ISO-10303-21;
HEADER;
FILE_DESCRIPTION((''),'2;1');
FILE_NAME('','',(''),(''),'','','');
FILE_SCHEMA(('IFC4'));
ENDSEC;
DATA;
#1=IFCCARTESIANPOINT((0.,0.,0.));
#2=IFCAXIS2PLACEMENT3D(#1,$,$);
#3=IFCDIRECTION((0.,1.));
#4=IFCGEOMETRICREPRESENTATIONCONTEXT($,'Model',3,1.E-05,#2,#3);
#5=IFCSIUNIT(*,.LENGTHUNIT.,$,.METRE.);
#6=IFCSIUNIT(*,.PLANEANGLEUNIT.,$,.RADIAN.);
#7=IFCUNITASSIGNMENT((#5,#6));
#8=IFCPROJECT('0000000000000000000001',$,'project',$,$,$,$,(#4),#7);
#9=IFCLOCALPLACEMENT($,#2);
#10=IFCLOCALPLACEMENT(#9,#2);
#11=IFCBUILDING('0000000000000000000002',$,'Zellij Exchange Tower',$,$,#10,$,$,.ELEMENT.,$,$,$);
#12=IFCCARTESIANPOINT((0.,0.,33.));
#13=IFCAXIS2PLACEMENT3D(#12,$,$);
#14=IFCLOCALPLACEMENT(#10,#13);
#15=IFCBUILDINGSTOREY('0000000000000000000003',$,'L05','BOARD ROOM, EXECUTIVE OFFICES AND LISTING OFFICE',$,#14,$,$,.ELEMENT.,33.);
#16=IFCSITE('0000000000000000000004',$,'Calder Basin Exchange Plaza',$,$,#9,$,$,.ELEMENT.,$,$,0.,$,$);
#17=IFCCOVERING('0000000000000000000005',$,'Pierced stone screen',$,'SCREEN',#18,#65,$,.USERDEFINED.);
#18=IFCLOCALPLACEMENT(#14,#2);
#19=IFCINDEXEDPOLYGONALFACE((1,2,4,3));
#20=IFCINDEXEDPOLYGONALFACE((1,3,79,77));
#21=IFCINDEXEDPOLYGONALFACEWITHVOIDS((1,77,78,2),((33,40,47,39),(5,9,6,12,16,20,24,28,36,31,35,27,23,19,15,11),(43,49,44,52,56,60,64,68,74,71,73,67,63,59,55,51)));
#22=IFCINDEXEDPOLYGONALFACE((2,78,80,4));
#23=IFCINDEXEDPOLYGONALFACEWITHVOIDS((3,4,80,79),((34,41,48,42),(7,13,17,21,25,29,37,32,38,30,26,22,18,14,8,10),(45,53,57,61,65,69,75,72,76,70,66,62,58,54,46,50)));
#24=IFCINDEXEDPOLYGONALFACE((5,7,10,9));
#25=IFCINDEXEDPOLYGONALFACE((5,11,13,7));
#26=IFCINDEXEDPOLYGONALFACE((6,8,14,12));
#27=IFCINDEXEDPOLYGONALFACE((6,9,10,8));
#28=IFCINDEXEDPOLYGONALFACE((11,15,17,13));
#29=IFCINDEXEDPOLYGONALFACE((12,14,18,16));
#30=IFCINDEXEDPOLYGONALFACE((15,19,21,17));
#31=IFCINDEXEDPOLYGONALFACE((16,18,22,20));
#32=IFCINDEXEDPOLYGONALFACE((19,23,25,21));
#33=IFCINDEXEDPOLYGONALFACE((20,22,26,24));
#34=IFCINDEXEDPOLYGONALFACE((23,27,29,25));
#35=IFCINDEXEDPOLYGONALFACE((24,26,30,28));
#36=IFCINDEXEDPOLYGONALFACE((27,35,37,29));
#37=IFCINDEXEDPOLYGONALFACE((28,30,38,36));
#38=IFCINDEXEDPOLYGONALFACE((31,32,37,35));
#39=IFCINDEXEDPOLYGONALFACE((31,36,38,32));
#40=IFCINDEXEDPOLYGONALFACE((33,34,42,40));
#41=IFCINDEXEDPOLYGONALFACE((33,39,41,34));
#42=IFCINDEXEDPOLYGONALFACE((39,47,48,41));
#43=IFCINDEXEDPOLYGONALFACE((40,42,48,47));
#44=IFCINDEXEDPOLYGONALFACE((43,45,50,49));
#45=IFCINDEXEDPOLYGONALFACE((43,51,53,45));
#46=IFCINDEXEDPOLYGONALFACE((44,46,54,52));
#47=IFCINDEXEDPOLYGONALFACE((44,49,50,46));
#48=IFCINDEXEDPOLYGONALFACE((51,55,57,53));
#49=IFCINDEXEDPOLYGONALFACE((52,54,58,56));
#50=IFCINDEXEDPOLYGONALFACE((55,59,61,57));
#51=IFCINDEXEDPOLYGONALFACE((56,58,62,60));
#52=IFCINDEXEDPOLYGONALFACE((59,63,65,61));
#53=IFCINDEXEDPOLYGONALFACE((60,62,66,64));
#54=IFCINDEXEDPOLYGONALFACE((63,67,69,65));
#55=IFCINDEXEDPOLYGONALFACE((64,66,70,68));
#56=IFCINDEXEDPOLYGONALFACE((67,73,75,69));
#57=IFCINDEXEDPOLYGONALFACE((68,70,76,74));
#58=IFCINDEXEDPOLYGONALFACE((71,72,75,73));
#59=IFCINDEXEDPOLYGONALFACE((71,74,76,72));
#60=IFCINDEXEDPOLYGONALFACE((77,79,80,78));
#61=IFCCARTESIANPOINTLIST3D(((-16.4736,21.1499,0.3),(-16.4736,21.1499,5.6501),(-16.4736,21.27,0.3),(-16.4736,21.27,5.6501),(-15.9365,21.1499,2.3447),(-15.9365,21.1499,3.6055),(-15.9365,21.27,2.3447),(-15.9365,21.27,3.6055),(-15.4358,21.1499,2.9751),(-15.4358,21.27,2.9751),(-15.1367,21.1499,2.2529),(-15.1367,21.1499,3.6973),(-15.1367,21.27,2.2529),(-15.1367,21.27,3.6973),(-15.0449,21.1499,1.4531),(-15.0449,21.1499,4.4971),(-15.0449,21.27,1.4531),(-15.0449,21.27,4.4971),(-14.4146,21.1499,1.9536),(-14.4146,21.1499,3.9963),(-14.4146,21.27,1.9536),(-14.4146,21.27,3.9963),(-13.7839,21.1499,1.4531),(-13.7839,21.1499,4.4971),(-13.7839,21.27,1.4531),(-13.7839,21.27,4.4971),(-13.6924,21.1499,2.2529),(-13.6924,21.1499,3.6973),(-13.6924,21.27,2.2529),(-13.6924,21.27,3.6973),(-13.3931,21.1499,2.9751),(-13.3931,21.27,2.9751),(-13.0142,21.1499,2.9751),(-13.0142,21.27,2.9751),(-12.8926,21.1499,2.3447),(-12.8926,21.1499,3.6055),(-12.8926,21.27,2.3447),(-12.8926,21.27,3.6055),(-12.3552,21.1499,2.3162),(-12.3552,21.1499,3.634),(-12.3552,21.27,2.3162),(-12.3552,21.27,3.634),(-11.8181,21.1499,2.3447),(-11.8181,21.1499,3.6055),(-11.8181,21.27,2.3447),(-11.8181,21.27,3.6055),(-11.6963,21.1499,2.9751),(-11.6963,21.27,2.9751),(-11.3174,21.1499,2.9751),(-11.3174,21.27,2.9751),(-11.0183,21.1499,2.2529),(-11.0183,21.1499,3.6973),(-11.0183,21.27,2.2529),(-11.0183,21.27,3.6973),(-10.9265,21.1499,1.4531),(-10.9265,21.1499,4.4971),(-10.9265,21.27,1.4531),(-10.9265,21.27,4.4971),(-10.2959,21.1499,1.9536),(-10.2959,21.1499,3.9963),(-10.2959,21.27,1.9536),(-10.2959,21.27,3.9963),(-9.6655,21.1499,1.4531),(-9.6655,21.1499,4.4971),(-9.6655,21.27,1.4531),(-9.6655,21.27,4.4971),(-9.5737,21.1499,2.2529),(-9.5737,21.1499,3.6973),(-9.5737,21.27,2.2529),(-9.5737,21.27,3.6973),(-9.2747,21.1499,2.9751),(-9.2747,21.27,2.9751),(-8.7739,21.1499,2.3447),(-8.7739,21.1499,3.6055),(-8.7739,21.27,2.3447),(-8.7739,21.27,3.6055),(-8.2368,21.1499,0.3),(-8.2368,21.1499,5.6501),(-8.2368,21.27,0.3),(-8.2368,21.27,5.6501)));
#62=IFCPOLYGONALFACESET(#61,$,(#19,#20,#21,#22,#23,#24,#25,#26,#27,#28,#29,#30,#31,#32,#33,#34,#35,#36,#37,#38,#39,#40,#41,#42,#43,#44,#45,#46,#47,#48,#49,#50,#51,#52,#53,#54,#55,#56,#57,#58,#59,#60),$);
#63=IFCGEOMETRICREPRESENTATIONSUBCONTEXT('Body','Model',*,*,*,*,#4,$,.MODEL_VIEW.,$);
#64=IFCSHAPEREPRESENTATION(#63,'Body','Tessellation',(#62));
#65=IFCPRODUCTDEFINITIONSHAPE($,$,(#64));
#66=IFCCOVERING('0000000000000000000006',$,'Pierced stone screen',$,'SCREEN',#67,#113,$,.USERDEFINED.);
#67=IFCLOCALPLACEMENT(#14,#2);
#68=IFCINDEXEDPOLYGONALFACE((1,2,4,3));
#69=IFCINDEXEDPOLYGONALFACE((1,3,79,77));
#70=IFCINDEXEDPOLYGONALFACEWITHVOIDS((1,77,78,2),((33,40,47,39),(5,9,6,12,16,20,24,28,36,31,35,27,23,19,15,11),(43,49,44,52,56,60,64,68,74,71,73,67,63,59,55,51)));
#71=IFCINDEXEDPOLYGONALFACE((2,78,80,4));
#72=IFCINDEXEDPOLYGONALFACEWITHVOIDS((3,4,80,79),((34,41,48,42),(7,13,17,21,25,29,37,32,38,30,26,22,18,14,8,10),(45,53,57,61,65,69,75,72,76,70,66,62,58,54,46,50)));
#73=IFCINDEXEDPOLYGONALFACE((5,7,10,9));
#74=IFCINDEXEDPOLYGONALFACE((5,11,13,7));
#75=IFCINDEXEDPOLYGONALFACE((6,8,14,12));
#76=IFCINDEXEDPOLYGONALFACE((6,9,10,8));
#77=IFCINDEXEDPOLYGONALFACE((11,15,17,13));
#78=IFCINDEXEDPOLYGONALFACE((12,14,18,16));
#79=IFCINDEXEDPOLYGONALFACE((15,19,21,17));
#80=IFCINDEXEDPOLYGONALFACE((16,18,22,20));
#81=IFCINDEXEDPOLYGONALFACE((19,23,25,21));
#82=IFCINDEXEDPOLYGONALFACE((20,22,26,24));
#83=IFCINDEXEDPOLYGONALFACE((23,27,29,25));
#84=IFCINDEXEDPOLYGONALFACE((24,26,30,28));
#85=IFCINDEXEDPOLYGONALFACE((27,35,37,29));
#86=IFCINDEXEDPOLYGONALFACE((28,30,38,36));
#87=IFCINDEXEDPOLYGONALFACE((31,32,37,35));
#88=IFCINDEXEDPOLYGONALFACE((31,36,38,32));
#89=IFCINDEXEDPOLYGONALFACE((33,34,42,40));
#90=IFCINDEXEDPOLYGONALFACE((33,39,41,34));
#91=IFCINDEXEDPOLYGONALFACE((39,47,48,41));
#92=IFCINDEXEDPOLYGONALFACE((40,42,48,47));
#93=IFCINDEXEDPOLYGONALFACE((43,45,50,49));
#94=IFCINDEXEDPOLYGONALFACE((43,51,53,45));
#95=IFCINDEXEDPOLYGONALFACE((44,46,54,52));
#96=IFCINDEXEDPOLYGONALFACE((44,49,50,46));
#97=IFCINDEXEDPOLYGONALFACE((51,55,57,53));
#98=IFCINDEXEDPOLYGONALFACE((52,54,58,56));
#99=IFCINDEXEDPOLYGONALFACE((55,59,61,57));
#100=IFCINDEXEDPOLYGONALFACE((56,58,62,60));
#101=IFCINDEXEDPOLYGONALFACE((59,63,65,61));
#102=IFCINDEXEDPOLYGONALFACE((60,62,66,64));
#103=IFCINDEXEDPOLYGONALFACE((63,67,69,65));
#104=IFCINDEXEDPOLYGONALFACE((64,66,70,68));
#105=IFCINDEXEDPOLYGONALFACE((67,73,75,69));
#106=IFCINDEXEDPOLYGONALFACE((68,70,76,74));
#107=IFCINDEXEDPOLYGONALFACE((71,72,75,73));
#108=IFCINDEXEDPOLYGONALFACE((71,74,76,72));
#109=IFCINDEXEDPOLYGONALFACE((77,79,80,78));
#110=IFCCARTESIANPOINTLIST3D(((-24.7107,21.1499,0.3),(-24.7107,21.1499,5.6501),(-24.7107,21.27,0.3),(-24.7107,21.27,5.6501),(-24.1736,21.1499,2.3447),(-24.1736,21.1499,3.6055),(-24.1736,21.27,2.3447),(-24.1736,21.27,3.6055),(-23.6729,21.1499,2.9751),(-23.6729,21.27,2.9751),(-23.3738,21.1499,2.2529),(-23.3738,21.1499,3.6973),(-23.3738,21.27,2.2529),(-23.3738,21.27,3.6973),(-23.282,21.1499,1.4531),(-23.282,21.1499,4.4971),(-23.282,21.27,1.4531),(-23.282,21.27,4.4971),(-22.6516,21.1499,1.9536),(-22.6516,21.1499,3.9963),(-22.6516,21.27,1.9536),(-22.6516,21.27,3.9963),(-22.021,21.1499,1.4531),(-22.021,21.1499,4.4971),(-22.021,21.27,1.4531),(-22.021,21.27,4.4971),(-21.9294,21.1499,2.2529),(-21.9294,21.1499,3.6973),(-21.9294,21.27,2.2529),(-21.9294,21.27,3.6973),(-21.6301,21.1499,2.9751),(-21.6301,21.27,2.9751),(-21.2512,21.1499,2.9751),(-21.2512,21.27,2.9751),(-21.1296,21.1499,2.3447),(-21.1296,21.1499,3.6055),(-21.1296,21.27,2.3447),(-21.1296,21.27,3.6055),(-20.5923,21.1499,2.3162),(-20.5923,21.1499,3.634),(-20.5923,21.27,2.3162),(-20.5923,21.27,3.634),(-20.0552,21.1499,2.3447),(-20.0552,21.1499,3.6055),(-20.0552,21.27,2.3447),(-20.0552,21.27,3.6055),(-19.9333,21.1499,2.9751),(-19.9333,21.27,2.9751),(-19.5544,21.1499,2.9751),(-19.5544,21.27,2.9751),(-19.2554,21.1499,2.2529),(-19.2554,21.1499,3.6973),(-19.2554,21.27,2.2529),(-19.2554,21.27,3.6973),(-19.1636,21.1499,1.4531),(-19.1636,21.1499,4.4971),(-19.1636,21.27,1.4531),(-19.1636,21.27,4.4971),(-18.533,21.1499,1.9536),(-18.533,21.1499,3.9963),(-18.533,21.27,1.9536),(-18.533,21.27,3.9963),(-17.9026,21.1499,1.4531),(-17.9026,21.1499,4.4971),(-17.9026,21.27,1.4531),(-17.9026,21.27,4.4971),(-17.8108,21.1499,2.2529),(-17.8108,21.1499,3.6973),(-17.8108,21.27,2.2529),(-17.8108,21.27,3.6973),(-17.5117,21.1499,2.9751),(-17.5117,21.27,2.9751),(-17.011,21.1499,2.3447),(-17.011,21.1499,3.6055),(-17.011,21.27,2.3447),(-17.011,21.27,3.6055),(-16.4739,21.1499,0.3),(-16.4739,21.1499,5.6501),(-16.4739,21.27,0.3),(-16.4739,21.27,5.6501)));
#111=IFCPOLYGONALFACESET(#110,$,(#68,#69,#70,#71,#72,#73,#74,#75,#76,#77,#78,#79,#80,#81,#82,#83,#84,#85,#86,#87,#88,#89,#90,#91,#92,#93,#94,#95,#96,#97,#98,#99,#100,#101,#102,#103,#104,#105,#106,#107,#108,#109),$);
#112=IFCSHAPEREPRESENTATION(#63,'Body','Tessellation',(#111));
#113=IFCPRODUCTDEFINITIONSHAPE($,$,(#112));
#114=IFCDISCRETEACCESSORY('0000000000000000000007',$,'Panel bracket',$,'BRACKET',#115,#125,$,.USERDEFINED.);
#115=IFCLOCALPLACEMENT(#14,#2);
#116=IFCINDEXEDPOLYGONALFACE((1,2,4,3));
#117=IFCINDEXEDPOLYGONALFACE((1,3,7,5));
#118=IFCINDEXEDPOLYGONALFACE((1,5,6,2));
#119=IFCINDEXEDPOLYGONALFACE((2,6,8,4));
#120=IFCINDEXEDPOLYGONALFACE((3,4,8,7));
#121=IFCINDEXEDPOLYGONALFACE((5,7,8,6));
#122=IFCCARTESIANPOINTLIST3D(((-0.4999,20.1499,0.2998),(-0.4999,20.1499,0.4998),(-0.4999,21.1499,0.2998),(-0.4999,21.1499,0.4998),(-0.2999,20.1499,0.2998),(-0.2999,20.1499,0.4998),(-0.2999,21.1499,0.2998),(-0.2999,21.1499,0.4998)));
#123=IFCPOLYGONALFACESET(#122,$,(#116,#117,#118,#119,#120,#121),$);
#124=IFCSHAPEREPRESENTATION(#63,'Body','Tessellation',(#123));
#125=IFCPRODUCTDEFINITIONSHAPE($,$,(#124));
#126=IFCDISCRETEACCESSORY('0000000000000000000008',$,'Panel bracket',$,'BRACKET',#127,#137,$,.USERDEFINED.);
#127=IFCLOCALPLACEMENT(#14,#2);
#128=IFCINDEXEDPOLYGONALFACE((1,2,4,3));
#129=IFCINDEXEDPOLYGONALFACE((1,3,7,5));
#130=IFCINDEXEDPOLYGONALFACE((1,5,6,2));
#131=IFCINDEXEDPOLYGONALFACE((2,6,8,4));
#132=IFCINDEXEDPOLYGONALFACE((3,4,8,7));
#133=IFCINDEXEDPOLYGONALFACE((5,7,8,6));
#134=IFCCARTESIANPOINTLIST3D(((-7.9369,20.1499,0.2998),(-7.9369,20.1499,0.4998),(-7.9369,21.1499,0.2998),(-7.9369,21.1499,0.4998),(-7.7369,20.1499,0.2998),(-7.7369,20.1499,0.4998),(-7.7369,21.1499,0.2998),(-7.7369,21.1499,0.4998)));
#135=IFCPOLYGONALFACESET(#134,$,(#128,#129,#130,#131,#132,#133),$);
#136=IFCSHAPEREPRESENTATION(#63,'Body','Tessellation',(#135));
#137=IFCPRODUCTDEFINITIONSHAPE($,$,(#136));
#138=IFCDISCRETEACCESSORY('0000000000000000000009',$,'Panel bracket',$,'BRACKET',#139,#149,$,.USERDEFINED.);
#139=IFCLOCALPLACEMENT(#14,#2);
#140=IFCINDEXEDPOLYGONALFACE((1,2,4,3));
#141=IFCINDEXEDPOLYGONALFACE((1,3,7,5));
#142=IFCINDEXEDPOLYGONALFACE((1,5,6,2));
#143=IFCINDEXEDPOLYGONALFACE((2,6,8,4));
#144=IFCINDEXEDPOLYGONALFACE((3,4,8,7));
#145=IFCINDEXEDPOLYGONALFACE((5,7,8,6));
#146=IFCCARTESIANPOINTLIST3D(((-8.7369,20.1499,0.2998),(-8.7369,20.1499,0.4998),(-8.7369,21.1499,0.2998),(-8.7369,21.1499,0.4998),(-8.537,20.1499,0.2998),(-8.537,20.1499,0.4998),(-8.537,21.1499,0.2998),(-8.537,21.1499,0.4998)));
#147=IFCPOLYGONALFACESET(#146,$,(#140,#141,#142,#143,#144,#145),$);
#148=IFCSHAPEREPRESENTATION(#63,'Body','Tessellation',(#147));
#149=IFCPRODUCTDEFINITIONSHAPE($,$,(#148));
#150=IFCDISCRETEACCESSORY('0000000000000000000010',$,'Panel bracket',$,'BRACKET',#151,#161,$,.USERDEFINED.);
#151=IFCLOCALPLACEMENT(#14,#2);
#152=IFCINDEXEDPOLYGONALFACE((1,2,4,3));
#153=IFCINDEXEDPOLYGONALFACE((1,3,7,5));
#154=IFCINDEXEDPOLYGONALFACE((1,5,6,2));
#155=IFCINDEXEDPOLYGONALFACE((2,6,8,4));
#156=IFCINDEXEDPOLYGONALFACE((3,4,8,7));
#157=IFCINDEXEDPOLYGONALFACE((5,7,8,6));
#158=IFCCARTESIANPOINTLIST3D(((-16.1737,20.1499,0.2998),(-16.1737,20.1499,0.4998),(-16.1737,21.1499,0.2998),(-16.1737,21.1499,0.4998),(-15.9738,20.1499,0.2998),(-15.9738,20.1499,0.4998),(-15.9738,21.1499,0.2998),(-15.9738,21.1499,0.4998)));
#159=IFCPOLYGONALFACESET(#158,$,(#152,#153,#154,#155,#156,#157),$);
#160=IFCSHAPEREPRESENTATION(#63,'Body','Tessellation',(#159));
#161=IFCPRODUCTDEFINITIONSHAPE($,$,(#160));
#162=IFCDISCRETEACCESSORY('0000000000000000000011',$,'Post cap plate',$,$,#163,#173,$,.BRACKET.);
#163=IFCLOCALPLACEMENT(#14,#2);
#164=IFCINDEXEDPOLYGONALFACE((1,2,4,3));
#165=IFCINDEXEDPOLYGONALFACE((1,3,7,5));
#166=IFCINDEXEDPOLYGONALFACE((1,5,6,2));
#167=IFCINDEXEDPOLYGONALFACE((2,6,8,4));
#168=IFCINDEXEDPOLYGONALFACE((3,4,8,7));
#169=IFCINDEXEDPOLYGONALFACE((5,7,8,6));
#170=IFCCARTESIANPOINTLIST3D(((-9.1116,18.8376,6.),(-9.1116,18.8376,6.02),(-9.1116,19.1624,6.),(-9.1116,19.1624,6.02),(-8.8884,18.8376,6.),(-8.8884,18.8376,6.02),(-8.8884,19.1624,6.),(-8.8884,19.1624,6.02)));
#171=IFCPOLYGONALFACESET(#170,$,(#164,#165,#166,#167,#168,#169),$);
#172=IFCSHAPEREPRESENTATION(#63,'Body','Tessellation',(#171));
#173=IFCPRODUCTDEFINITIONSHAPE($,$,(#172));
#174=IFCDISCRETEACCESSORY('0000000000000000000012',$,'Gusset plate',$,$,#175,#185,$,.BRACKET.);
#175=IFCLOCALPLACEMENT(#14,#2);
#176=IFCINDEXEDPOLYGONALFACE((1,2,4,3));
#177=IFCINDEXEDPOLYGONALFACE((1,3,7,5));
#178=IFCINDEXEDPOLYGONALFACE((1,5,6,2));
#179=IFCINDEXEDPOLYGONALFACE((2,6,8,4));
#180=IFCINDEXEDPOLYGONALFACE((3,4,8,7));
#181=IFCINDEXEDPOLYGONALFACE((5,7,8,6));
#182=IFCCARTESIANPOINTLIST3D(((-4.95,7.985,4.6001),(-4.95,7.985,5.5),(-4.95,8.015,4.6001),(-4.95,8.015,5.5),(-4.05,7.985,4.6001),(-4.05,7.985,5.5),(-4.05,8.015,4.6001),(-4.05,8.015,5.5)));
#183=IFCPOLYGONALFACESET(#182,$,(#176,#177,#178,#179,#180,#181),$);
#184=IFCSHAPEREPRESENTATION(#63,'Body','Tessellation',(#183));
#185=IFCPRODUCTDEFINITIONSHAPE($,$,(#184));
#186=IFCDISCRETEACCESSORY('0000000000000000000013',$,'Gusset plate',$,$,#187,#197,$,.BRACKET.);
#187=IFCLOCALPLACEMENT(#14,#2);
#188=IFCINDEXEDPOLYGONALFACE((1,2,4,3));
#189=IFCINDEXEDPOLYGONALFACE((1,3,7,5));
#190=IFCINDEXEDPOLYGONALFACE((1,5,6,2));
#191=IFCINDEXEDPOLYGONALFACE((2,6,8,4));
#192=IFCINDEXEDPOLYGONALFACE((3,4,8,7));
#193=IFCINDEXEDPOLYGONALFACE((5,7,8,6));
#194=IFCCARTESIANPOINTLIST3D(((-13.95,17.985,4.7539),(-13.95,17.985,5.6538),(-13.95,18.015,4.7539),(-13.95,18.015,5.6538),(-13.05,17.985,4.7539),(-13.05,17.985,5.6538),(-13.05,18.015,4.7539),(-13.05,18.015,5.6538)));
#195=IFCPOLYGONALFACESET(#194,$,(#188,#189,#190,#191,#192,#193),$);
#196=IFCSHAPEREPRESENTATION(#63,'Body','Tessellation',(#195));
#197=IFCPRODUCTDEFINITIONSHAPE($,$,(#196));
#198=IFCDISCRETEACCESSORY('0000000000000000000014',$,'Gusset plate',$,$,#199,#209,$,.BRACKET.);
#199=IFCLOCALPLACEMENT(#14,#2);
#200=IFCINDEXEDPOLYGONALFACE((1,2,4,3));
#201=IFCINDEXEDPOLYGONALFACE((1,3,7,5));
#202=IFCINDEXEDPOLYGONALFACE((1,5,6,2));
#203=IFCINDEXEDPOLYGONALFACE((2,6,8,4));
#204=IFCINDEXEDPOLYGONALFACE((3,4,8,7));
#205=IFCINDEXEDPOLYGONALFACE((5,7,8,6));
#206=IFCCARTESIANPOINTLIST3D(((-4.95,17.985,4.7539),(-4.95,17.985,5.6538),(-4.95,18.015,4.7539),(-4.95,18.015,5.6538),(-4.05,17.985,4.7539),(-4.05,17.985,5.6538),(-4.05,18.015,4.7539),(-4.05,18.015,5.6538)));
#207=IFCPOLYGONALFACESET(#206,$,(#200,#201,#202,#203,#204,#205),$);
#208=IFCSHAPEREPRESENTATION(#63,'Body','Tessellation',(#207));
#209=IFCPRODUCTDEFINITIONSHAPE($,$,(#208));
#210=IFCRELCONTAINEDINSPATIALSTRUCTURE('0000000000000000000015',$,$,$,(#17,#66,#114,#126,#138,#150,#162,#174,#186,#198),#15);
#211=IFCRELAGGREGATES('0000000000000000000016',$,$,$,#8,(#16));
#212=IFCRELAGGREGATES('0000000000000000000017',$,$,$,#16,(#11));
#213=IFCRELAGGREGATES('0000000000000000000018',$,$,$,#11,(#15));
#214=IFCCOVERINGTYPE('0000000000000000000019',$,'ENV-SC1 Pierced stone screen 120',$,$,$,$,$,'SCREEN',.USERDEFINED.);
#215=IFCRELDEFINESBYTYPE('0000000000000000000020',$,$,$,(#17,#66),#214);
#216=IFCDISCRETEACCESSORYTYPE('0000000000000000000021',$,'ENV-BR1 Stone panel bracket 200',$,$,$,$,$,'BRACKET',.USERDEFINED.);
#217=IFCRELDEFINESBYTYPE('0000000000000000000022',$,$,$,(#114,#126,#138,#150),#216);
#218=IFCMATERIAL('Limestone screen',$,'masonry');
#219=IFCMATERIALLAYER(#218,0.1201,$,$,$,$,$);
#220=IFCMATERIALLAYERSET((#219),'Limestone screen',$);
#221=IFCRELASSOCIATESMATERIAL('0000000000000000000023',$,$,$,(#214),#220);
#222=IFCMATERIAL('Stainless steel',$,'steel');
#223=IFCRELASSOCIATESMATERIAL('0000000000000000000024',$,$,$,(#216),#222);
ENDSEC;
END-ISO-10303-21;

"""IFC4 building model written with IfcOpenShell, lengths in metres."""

from ifc_helpers import new_model, si_unit, direction, frame, origin, origin_2d, place, context, subcontext, project, spatial, polyline, rectangle, outline, extrude, material, layer, layer_set, type_object, element, save


model = new_model("IFC4")

# Units and contexts
model_context = context("Model", 3, precision=1e-05, world=origin(), true_north=direction((0.0, 1.0)))
body_context = subcontext(model_context, "Body", "Model", "MODEL_VIEW")
ifc_project = project(units=[si_unit("LENGTHUNIT", "METRE"), si_unit("PLANEANGLEUNIT", "RADIAN")], contexts=[model_context])

# Site, building, storey
site_placement = place(None, origin())
site = spatial("IfcSite", under=ifc_project, at=site_placement, Name="Calder Basin Exchange Plaza", CompositionType="ELEMENT", RefElevation=0.0)
building_placement = place(site_placement, origin())
building = spatial("IfcBuilding", under=site, at=building_placement, Name="Zellij Exchange Tower", CompositionType="ELEMENT")
storey_placement = place(building_placement, frame((0.0, 0.0, 33.0)))
storey = spatial("IfcBuildingStorey", under=building, at=storey_placement, Name="L05", Description="BOARD ROOM, EXECUTIVE OFFICES AND LISTING OFFICE", CompositionType="ELEMENT", Elevation=33.0)

# Coverings
ifc_material_1 = material(Name="Limestone screen", Category="masonry")
ifc_layer = layer(ifc_material_1, 0.1201)
ifc_layer_set = layer_set([ifc_layer], Name="Limestone screen")
covering_type = type_object("IfcCoveringType", Name="ENV-SC1 Pierced stone screen 120", ElementType="SCREEN", PredefinedType="USERDEFINED", material=ifc_layer_set)
for number, where, z_axis, x_axis, name in (
    (1, (-8.2368, 21.21, 0.3), (0.0, 0.0, 1.0), (-1.0, 0.0, 0.0), "Pierced stone screen"),
    (2, (-16.4739, 21.21, 0.3), (0.0, 0.0, 1.0), (-1.0, 0.0, 0.0), "Pierced stone screen"),
):
    element("IfcCovering", number, at=place(storey_placement, frame(where, z_axis=z_axis, x_axis=x_axis)), inside=storey, type_object=covering_type, Name=name, ObjectType="SCREEN", PredefinedType="USERDEFINED", context=body_context, shape_type="SweptSolid", body=[
        extrude(outline(polyline([(0.0, 0.0), (8.2368, 0.0), (8.2368, 5.3501), (0.0, 5.3501), (0.0, 0.0)]), holes=[polyline([(3.5813, 3.3054), (2.7815, 3.3972), (2.6897, 4.197), (2.0591, 3.6963), (1.4287, 4.197), (1.3369, 3.3972), (0.5371, 3.3054), (1.0378, 2.675), (0.5371, 2.0447), (1.3369, 1.9529), (1.4287, 1.1531), (2.0591, 1.6536), (2.6897, 1.1531), (2.7815, 1.9529), (3.5813, 2.0447), (3.0806, 2.675), (3.5813, 3.3054)]), polyline([(7.6997, 3.3054), (6.8999, 3.3972), (6.8081, 4.197), (6.1777, 3.6963), (5.5471, 4.197), (5.4556, 3.3972), (4.6558, 3.3054), (5.1562, 2.675), (4.6558, 2.0447), (5.4556, 1.9529), (5.5471, 1.1531), (6.1777, 1.6536), (6.8081, 1.1531), (6.8999, 1.9529), (7.6997, 2.0447), (7.199, 2.675), (7.6997, 3.3054)]), polyline([(4.7773, 2.675), (4.1184, 3.334), (3.4595, 2.675), (4.1184, 2.0161), (4.7773, 2.675)])]), frame((0.0, 0.0601, 0.0), z_axis=(0.0, -1.0, 0.0), x_axis=(1.0, 0.0, 0.0)), (0.0, 0.0, 1.0), 0.1201),
    ])

# Discrete accessories
ifc_material_2 = material(Name="Stainless steel", Category="steel")
discrete_accessory_type = type_object("IfcDiscreteAccessoryType", Name="ENV-BR1 Stone panel bracket 200", ElementType="BRACKET", PredefinedType="USERDEFINED", material=ifc_material_2)
for number, where, z_axis, x_axis, name in (
    (3, (-0.3999, 20.6499, 0.2998), (0.0, 0.0, 1.0), (-1.0, 0.0, 0.0), "Panel bracket"),
    (4, (-7.8369, 20.6499, 0.2998), (0.0, 0.0, 1.0), (-1.0, 0.0, 0.0), "Panel bracket"),
    (5, (-8.637, 20.6499, 0.2998), (0.0, 0.0, 1.0), (-1.0, 0.0, 0.0), "Panel bracket"),
    (6, (-16.0737, 20.6499, 0.2998), (0.0, 0.0, 1.0), (-1.0, 0.0, 0.0), "Panel bracket"),
):
    element("IfcDiscreteAccessory", number, at=place(storey_placement, frame(where, z_axis=z_axis, x_axis=x_axis)), inside=storey, type_object=discrete_accessory_type, Name=name, ObjectType="BRACKET", PredefinedType="USERDEFINED", context=body_context, shape_type="SweptSolid", body=[
        extrude(rectangle(XDim=0.2, YDim=1.0, at=origin_2d()), origin(), (0.0, 0.0, 1.0), 0.2),
    ])
discrete_accessory_placement = place(storey_placement, frame((-9.0, 19.0, 6.0), z_axis=(0.0, 0.0, 1.0), x_axis=(1.0, 0.0, 0.0)))
element("IfcDiscreteAccessory", 7, at=discrete_accessory_placement, inside=storey, Name="Post cap plate", PredefinedType="BRACKET", context=body_context, shape_type="SweptSolid", body=[
    extrude(rectangle(XDim=0.2231, YDim=0.3247, at=origin_2d()), origin(), (0.0, 0.0, 1.0), 0.02),
])
for number, where, z_axis, x_axis, name in (
    (8, (-4.5, 8.0, 4.6001), (0.0, 0.0, 1.0), (1.0, 0.0, 0.0), "Gusset plate"),
    (9, (-13.5, 18.0, 4.7539), (0.0, 0.0, 1.0), (1.0, 0.0, 0.0), "Gusset plate"),
    (10, (-4.5, 18.0, 4.7539), (0.0, 0.0, 1.0), (1.0, 0.0, 0.0), "Gusset plate"),
):
    element("IfcDiscreteAccessory", number, at=place(storey_placement, frame(where, z_axis=z_axis, x_axis=x_axis)), inside=storey, Name=name, PredefinedType="BRACKET", context=body_context, shape_type="SweptSolid", body=[
        extrude(rectangle(XDim=0.8999, YDim=0.03, at=origin_2d()), origin(), (0.0, 0.0, 1.0), 0.8999),
    ])

save(model, "model.ifc")
